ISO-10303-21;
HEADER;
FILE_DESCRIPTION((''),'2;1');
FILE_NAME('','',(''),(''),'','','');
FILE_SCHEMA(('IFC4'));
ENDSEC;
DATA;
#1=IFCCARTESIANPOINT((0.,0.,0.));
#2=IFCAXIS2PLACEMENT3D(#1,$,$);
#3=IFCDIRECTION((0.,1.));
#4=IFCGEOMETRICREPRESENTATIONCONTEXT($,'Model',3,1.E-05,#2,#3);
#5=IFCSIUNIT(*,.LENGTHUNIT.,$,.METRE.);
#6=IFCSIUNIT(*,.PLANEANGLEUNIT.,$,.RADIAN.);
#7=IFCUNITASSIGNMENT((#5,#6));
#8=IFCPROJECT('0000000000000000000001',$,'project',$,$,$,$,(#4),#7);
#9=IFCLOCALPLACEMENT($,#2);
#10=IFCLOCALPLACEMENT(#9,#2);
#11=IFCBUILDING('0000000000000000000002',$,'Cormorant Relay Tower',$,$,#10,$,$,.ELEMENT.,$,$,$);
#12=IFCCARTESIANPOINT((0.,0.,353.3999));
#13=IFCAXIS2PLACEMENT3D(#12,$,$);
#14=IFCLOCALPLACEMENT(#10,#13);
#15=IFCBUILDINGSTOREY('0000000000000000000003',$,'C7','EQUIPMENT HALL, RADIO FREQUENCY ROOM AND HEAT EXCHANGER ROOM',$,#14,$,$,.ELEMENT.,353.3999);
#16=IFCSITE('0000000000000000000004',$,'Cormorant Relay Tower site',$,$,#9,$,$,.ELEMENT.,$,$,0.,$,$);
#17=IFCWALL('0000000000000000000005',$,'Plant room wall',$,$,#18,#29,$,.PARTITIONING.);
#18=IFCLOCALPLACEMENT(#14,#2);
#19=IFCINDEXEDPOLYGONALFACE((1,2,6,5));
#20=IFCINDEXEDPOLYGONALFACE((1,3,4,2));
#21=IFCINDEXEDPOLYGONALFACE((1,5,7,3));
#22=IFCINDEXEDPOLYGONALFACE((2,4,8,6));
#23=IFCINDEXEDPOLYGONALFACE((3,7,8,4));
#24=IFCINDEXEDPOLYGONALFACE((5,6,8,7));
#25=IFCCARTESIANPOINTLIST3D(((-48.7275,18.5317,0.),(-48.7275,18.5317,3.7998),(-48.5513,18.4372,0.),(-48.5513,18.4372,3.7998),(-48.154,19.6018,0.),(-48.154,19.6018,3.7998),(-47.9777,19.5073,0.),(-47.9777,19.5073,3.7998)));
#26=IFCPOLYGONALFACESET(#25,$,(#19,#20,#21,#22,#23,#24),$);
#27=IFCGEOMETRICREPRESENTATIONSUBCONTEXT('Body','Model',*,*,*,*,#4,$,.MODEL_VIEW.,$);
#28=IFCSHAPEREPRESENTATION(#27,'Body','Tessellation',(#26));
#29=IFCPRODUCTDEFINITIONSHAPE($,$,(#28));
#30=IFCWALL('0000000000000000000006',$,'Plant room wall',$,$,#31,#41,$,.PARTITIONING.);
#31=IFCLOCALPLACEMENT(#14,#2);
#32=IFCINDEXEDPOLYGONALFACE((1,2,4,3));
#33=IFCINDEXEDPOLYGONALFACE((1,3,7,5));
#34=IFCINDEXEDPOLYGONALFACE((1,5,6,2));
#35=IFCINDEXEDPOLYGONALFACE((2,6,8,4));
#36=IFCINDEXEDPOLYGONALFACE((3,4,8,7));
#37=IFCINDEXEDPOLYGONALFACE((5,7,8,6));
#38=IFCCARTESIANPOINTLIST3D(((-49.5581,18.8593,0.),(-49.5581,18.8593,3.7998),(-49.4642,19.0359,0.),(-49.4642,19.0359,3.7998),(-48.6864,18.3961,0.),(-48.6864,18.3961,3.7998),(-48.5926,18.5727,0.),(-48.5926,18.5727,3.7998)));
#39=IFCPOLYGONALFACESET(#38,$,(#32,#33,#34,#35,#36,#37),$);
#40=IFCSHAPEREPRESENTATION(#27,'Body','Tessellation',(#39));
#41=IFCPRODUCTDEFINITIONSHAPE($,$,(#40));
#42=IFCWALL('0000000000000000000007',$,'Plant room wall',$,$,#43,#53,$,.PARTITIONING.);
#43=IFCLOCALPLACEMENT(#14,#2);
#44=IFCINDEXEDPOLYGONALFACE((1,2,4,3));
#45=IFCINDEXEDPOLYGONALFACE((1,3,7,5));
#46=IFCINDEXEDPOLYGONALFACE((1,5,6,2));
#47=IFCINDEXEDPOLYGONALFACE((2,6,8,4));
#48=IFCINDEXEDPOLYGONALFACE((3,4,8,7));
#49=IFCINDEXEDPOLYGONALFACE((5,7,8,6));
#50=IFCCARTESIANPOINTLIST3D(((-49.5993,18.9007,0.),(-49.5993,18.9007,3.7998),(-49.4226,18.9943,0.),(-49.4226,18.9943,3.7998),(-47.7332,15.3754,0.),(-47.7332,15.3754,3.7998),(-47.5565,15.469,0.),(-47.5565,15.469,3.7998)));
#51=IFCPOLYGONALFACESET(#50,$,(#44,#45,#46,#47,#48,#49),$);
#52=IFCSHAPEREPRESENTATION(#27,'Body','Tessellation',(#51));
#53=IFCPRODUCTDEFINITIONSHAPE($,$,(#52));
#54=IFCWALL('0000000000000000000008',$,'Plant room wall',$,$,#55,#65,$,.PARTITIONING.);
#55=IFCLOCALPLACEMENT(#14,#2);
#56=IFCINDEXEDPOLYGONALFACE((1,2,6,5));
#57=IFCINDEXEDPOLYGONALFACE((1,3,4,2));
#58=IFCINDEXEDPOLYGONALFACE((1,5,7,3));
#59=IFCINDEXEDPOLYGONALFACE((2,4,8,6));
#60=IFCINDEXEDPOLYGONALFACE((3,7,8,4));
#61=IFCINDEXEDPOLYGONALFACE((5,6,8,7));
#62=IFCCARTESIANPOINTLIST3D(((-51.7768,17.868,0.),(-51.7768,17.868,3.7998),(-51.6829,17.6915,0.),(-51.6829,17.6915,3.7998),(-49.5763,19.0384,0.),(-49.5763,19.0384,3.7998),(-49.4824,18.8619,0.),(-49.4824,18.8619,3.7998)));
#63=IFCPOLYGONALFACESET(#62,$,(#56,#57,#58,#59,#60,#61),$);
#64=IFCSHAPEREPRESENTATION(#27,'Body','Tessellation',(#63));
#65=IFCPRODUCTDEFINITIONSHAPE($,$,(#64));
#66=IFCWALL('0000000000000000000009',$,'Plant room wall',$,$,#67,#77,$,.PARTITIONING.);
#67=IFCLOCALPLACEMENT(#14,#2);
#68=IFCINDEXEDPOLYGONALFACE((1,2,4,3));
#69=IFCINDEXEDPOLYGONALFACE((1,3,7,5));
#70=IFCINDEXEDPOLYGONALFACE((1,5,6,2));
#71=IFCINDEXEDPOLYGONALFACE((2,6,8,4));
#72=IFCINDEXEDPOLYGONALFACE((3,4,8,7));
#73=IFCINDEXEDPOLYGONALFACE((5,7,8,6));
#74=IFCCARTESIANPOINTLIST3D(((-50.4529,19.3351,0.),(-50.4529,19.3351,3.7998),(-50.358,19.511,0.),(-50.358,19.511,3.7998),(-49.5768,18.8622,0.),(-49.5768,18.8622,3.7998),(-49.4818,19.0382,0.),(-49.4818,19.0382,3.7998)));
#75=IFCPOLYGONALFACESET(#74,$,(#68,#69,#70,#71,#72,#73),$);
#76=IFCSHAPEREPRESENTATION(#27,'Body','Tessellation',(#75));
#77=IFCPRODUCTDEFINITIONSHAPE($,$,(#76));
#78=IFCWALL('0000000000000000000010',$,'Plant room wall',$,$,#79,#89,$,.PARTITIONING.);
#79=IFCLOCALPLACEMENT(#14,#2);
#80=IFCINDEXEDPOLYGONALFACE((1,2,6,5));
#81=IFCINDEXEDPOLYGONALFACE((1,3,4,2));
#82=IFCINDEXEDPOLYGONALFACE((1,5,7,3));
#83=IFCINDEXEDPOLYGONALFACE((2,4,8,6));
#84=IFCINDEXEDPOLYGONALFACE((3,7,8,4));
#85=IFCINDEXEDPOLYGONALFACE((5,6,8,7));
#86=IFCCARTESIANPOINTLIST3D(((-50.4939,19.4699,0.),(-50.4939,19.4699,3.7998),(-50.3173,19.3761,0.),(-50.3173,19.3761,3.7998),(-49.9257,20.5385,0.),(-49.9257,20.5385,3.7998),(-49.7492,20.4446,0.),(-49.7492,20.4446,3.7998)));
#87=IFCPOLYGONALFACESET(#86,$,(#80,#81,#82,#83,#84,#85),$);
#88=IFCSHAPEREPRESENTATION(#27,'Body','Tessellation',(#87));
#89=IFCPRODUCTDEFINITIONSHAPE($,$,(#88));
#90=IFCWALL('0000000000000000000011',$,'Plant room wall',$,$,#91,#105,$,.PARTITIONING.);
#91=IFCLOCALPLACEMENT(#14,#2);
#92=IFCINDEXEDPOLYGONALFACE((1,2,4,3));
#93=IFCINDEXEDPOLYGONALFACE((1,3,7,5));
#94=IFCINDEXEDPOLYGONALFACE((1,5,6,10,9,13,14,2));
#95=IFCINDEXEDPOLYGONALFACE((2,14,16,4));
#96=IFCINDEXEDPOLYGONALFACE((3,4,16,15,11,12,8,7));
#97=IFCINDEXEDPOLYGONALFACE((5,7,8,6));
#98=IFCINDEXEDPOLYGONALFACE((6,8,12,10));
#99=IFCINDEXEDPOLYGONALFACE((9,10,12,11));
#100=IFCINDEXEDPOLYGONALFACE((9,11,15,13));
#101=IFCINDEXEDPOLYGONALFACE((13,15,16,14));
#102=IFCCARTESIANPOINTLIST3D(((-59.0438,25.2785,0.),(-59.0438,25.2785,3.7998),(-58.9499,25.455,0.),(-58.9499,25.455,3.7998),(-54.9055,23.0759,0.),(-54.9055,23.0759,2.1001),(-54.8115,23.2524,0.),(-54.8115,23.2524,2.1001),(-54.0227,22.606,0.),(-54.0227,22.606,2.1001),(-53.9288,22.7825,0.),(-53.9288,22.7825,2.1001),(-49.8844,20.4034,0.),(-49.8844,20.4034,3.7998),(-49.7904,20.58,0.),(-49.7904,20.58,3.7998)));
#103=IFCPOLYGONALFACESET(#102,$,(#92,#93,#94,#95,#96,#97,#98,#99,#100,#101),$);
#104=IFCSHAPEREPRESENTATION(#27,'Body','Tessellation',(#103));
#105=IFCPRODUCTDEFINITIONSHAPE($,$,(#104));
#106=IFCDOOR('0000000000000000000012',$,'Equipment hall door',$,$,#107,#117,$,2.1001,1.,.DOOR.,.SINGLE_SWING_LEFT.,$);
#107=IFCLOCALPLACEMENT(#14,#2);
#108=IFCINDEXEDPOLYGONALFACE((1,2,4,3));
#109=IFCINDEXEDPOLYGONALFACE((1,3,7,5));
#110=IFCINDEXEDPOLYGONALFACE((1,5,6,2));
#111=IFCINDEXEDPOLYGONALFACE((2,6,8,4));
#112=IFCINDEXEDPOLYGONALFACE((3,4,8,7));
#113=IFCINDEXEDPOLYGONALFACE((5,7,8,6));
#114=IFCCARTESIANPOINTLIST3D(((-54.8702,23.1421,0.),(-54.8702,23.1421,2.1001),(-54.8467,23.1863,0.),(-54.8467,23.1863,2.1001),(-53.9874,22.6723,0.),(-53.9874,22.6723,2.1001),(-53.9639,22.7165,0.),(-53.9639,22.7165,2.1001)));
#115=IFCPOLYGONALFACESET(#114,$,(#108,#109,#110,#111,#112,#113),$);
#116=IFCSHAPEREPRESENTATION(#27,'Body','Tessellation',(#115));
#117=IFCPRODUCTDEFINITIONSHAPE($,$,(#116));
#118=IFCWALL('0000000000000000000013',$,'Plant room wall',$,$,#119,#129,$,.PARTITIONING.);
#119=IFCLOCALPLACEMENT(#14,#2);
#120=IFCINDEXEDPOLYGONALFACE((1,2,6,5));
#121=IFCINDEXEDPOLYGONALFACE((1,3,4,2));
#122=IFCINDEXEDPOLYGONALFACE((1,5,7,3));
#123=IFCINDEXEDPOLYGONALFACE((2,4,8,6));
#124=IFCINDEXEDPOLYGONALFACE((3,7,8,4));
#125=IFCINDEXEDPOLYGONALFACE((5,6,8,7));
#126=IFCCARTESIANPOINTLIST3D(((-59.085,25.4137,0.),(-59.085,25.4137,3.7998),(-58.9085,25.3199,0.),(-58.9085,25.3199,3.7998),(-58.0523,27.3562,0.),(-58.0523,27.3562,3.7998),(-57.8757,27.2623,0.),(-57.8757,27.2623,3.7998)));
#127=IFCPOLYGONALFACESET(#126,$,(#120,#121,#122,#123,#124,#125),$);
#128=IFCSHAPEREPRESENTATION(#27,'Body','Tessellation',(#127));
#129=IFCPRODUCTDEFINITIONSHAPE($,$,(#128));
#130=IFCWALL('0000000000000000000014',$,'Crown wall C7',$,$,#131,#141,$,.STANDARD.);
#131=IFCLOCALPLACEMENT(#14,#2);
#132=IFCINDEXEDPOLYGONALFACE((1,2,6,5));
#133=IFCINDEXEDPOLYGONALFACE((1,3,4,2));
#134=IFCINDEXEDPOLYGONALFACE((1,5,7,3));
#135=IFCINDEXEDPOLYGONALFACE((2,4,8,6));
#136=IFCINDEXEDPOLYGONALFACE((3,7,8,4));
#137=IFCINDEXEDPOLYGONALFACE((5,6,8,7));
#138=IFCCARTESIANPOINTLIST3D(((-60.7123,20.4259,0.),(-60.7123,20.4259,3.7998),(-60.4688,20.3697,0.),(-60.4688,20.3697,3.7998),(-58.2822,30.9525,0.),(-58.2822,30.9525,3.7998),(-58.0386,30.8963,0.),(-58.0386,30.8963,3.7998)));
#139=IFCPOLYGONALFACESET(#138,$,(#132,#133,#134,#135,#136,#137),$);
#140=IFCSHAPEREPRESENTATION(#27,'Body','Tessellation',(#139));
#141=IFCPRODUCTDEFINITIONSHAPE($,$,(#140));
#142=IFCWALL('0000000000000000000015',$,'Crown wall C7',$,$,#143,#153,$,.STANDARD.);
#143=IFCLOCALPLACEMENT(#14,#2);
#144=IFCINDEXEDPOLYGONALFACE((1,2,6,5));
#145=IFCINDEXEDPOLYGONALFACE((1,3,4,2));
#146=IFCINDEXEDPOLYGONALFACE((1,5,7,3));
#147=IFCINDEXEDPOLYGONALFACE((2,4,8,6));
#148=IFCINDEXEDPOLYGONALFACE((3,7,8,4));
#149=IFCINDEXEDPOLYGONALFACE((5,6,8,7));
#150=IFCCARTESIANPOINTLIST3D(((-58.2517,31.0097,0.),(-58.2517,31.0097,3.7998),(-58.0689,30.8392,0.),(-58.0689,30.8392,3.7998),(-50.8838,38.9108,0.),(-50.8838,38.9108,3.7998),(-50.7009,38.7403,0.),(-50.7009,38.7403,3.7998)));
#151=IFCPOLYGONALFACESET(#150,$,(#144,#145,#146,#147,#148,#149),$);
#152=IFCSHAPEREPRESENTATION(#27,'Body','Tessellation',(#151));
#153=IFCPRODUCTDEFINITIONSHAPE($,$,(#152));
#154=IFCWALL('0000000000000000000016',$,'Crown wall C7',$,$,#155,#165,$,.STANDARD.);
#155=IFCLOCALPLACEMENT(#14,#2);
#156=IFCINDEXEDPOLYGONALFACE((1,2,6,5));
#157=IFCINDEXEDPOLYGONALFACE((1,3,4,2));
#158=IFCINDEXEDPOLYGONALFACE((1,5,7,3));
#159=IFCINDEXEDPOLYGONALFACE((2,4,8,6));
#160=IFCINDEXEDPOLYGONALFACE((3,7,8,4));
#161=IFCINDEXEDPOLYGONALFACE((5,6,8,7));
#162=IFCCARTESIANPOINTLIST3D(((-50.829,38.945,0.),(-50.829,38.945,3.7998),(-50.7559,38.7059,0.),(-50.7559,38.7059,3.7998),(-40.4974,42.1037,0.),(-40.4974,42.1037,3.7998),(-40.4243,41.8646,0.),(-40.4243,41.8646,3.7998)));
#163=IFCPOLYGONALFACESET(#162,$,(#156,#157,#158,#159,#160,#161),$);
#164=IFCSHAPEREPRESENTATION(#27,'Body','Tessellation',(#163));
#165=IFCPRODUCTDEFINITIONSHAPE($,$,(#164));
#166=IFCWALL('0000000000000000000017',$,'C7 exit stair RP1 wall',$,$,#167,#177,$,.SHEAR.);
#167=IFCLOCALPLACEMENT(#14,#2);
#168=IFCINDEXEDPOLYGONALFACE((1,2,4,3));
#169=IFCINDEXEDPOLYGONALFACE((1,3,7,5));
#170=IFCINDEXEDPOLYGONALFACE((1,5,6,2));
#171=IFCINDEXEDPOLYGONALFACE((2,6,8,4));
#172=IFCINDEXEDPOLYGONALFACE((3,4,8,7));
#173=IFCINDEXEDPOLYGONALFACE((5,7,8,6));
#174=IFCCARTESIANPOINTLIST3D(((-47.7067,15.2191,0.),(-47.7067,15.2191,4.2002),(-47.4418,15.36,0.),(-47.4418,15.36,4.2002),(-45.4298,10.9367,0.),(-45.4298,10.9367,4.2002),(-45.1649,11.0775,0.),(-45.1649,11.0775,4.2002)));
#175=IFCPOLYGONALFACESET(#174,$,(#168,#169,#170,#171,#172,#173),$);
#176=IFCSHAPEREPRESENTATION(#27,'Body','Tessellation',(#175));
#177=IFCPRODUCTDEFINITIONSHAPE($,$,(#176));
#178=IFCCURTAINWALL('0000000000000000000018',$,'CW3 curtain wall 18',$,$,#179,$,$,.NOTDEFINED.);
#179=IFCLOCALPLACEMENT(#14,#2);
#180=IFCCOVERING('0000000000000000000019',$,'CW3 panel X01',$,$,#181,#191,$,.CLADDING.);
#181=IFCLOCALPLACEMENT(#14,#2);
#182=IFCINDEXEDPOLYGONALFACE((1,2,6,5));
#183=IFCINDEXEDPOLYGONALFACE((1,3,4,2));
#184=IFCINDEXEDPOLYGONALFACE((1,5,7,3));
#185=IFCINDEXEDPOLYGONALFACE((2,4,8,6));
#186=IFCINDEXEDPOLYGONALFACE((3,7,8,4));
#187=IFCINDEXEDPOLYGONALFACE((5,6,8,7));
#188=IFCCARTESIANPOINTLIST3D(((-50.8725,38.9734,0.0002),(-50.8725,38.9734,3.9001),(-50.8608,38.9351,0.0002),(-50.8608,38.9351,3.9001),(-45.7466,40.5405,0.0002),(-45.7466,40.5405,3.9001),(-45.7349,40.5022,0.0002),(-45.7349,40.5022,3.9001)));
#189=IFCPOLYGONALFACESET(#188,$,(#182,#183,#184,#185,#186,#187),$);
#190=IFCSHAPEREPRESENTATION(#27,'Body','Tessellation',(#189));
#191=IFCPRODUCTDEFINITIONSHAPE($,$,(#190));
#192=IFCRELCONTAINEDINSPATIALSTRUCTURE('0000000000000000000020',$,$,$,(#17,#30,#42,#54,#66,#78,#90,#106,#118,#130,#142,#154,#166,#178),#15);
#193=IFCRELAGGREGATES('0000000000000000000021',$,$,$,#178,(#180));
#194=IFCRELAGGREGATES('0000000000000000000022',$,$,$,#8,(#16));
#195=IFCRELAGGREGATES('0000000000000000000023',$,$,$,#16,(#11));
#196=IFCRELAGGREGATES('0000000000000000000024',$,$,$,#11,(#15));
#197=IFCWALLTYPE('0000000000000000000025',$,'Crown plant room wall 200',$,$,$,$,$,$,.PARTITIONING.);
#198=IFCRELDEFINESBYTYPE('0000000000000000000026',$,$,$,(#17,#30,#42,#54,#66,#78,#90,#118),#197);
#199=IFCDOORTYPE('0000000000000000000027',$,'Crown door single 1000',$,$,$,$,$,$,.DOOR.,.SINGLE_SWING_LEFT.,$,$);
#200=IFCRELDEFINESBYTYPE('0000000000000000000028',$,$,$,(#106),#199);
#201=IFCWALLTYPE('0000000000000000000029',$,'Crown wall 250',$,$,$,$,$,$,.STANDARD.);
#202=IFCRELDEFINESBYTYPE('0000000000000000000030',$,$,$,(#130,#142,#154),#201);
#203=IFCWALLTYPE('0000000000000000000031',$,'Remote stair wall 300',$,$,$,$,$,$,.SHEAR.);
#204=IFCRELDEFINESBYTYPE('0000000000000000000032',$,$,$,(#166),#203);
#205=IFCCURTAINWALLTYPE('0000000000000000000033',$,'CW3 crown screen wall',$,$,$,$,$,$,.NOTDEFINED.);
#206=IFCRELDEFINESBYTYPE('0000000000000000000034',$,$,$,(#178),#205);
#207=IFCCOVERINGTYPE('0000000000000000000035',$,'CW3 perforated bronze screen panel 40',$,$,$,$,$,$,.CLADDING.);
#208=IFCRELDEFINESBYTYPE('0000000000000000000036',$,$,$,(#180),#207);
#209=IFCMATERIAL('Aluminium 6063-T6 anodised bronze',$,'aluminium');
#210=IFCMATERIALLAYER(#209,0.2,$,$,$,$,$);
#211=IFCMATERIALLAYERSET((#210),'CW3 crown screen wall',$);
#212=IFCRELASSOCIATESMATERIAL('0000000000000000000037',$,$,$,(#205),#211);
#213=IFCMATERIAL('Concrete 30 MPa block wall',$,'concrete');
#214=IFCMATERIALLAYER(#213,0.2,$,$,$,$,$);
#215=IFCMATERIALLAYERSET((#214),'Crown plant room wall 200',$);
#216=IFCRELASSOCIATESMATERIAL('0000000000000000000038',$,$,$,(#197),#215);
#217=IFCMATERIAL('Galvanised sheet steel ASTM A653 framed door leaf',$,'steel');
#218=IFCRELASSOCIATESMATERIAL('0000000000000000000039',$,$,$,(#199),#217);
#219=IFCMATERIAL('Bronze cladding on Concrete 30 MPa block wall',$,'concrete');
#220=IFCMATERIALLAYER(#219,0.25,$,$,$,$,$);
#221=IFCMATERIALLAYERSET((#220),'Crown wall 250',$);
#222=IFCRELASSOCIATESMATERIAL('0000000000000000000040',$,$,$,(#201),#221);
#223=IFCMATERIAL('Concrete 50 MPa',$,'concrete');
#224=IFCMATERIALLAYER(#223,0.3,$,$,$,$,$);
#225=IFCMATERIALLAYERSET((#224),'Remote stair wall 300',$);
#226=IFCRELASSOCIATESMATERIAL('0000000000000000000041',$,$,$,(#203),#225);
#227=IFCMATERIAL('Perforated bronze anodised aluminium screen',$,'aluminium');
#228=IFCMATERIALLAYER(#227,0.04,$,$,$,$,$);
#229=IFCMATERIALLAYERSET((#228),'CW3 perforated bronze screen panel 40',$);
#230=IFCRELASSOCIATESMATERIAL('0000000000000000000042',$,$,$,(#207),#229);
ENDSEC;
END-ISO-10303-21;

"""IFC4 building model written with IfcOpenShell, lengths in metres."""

from ifc_helpers import new_model, si_unit, direction, frame, frame_2d, origin, origin_2d, place, context, subcontext, project, spatial, rectangle, extrude, material, layer, layer_set, type_object, element, fill, aggregate, save


model = new_model("IFC4")

# Units and contexts
model_context = context("Model", 3, precision=1e-05, world=origin(), true_north=direction((0.0, 1.0)))
body_context = subcontext(model_context, "Body", "Model", "MODEL_VIEW")
ifc_project = project(units=[si_unit("LENGTHUNIT", "METRE"), si_unit("PLANEANGLEUNIT", "RADIAN")], contexts=[model_context])

# Site, building, storey
site_placement = place(None, origin())
site = spatial("IfcSite", under=ifc_project, at=site_placement, Name="Cormorant Relay Tower site", CompositionType="ELEMENT", RefElevation=0.0)
building_placement = place(site_placement, origin())
building = spatial("IfcBuilding", under=site, at=building_placement, Name="Cormorant Relay Tower", CompositionType="ELEMENT")
storey_placement = place(building_placement, frame((0.0, 0.0, 353.3999)))
storey = spatial("IfcBuildingStorey", under=building, at=storey_placement, Name="C7", Description="EQUIPMENT HALL, RADIO FREQUENCY ROOM AND HEAT EXCHANGER ROOM", CompositionType="ELEMENT", Elevation=353.3999)

# Shared definitions
ifc_material_1 = material(Name="Aluminium 6063-T6 anodised bronze", Category="aluminium")
ifc_layer_1 = layer(ifc_material_1, 0.2)
ifc_layer_set_1 = layer_set([ifc_layer_1], Name="CW3 crown screen wall")
curtain_wall_type = type_object("IfcCurtainWallType", Name="CW3 crown screen wall", PredefinedType="NOTDEFINED", material=ifc_layer_set_1)

# Walls
ifc_material_2 = material(Name="Concrete 30 MPa block wall", Category="concrete")
ifc_layer_2 = layer(ifc_material_2, 0.2)
ifc_layer_set_2 = layer_set([ifc_layer_2], Name="Crown plant room wall 200")
wall_type_1 = type_object("IfcWallType", Name="Crown plant room wall 200", PredefinedType="PARTITIONING", material=ifc_layer_set_2)
wall_1_placement = place(storey_placement, frame((-48.0659, 19.5544, 0.0), z_axis=(0.0, 0.0, 1.0), x_axis=(-0.472372, -0.881399, 0.0)))
element("IfcWall", 1, at=wall_1_placement, inside=storey, type_object=wall_type_1, Name="Plant room wall", PredefinedType="PARTITIONING", context=body_context, shape_type="SweptSolid", body=[
    extrude(rectangle(XDim=1.2141, YDim=0.2, at=frame_2d((0.6069, 0.0))), origin(), (0.0, 0.0, 1.0), 3.7998),
])
wall_2_placement = place(storey_placement, frame((-48.6394, 18.4844, 0.0), z_axis=(0.0, 0.0, 1.0), x_axis=(-0.883071, 0.46924, 0.0)))
element("IfcWall", 2, at=wall_2_placement, inside=storey, type_object=wall_type_1, Name="Plant room wall", PredefinedType="PARTITIONING", context=body_context, shape_type="SweptSolid", body=[
    extrude(rectangle(XDim=0.9871, YDim=0.2, at=frame_2d((0.4937, 0.0))), origin(), (0.0, 0.0, 1.0), 3.7998),
])
wall_3_placement = place(storey_placement, frame((-49.511, 18.9475, 0.0), z_axis=(0.0, 0.0, 1.0), x_axis=(0.467854, -0.883806, 0.0)))
element("IfcWall", 3, at=wall_3_placement, inside=storey, type_object=wall_type_1, Name="Plant room wall", PredefinedType="PARTITIONING", context=body_context, shape_type="SweptSolid", body=[
    extrude(rectangle(XDim=3.9888, YDim=0.2, at=frame_2d((1.9944, 0.0))), origin(), (0.0, 0.0, 1.0), 3.7998),
])
wall_4_placement = place(storey_placement, frame((-51.7297, 17.7798, 0.0), z_axis=(0.0, 0.0, 1.0), x_axis=(0.882878, 0.469602, 0.0)))
element("IfcWall", 4, at=wall_4_placement, inside=storey, type_object=wall_type_1, Name="Plant room wall", PredefinedType="PARTITIONING", context=body_context, shape_type="SweptSolid", body=[
    extrude(rectangle(XDim=2.4924, YDim=0.2, at=frame_2d((1.2461, 0.0))), origin(), (0.0, 0.0, 1.0), 3.7998),
])
wall_5_placement = place(storey_placement, frame((-49.5293, 18.9502, 0.0), z_axis=(0.0, 0.0, 1.0), x_axis=(-0.880014, 0.474948, 0.0)))
element("IfcWall", 5, at=wall_5_placement, inside=storey, type_object=wall_type_1, Name="Plant room wall", PredefinedType="PARTITIONING", context=body_context, shape_type="SweptSolid", body=[
    extrude(rectangle(XDim=0.9956, YDim=0.2, at=frame_2d((0.4978, 0.0))), origin(), (0.0, 0.0, 1.0), 3.7998),
])
wall_6_placement = place(storey_placement, frame((-50.4055, 19.4231, 0.0), z_axis=(0.0, 0.0, 1.0), x_axis=(0.469426, 0.882972, 0.0)))
element("IfcWall", 6, at=wall_6_placement, inside=storey, type_object=wall_type_1, Name="Plant room wall", PredefinedType="PARTITIONING", context=body_context, shape_type="SweptSolid", body=[
    extrude(rectangle(XDim=1.2102, YDim=0.2, at=frame_2d((0.605, 0.0))), origin(), (0.0, 0.0, 1.0), 3.7998),
])

# Wall, opening, door
wall_7_placement = place(storey_placement, frame((-49.8374, 20.4917, 0.0), z_axis=(0.0, 0.0, 1.0), x_axis=(-0.882754, 0.469836, 0.0)))
wall_7 = element("IfcWall", 7, at=wall_7_placement, inside=storey, type_object=wall_type_1, Name="Plant room wall", PredefinedType="PARTITIONING", context=body_context, shape_type="SweptSolid", body=[
    extrude(rectangle(XDim=10.376, YDim=0.2, at=frame_2d((5.188, 0.0))), origin(), (0.0, 0.0, 1.0), 3.7998),
])
opening_placement = place(wall_7_placement, frame((4.688, 0.0, 0.0)))
opening = element("IfcOpeningElement", 8, at=opening_placement, cuts=wall_7, PredefinedType="OPENING", context=body_context, shape_type="SweptSolid", body=[
    extrude(rectangle(XDim=1.0, YDim=2.1001, at=frame_2d((0.5, 1.05))), frame((0.0, 0.1099, 0.0), z_axis=(0.0, -1.0, 0.0), x_axis=(1.0, 0.0, 0.0)), (0.0, 0.0, 1.0), 0.22),
])
ifc_material_3 = material(Name="Galvanised sheet steel ASTM A653 framed door leaf", Category="steel")
door_type = type_object("IfcDoorType", Name="Crown door single 1000", OperationType="SINGLE_SWING_LEFT", PredefinedType="DOOR", material=ifc_material_3)
door_placement = place(opening_placement, origin())
door = element("IfcDoor", 9, at=door_placement, inside=storey, type_object=door_type, Name="Equipment hall door", OperationType="SINGLE_SWING_LEFT", OverallHeight=2.1001, OverallWidth=1.0, PredefinedType="DOOR", context=body_context, shape_type="SweptSolid", body=[
    extrude(rectangle(XDim=1.0, YDim=2.1001, at=frame_2d((0.5, 1.05))), frame((0.0, 0.0249, 0.0), z_axis=(0.0, -1.0, 0.0), x_axis=(1.0, 0.0, 0.0)), (0.0, 0.0, 1.0), 0.05),
])
fill(opening, door)

# Walls
wall_8_placement = place(storey_placement, frame((-58.9968, 25.3667, 0.0), z_axis=(0.0, 0.0, 1.0), x_axis=(0.469447, 0.88296, 0.0)))
element("IfcWall", 10, at=wall_8_placement, inside=storey, type_object=wall_type_1, Name="Plant room wall", PredefinedType="PARTITIONING", context=body_context, shape_type="SweptSolid", body=[
    extrude(rectangle(XDim=2.2, YDim=0.2, at=frame_2d((1.1001, 0.0))), origin(), (0.0, 0.0, 1.0), 3.7998),
])
ifc_material_4 = material(Name="Bronze cladding on Concrete 30 MPa block wall", Category="concrete")
ifc_layer_3 = layer(ifc_material_4, 0.25)
ifc_layer_set_3 = layer_set([ifc_layer_3], Name="Crown wall 250")
wall_type_2 = type_object("IfcWallType", Name="Crown wall 250", PredefinedType="STANDARD", material=ifc_layer_set_3)
for number, where, z_axis, x_axis, name in (
    (11, (-60.5906, 20.3977, 0.0), (0.0, 0.0, 1.0), (0.224944, 0.974372, 0.0), "Crown wall C7"),
    (12, (-58.1604, 30.9243, 0.0), (0.0, 0.0, 1.0), (0.681999, 0.731354, 0.0), "Crown wall C7"),
):
    element("IfcWall", number, at=place(storey_placement, frame(where, z_axis=z_axis, x_axis=x_axis)), inside=storey, type_object=wall_type_2, Name=name, PredefinedType="STANDARD", context=body_context, shape_type="SweptSolid", body=[
        extrude(rectangle(XDim=10.8035, YDim=0.25, at=frame_2d((5.4019, 0.0))), origin(), (0.0, 0.0, 1.0), 3.7998),
    ])
wall_9_placement = place(storey_placement, frame((-50.7925, 38.8254, 0.0), z_axis=(0.0, 0.0, 1.0), x_axis=(0.956304, 0.292374, 0.0)))
element("IfcWall", 13, at=wall_9_placement, inside=storey, type_object=wall_type_2, Name="Crown wall C7", PredefinedType="STANDARD", context=body_context, shape_type="SweptSolid", body=[
    extrude(rectangle(XDim=10.8037, YDim=0.25, at=frame_2d((5.4019, 0.0))), origin(), (0.0, 0.0, 1.0), 3.7998),
])
ifc_material_5 = material(Name="Concrete 50 MPa", Category="concrete")
ifc_layer_4 = layer(ifc_material_5, 0.3)
ifc_layer_set_4 = layer_set([ifc_layer_4], Name="Remote stair wall 300")
wall_type_3 = type_object("IfcWallType", Name="Remote stair wall 300", PredefinedType="SHEAR", material=ifc_layer_set_4)
wall_10_placement = place(storey_placement, frame((-47.5742, 15.2896, 0.0), z_axis=(0.0, 0.0, 1.0), x_axis=(0.469443, -0.882963, 0.0)))
element("IfcWall", 14, at=wall_10_placement, inside=storey, type_object=wall_type_3, Name="C7 exit stair RP1 wall", PredefinedType="SHEAR", context=body_context, shape_type="SweptSolid", body=[
    extrude(rectangle(XDim=4.8501, YDim=0.3, at=frame_2d((2.425, 0.0))), origin(), (0.0, 0.0, 1.0), 4.2002),
])

# Curtain wall, covering
curtain_wall_1_placement = place(storey_placement, origin())
curtain_wall_1 = element("IfcCurtainWall", 15, at=curtain_wall_1_placement, inside=storey, type_object=curtain_wall_type, Name="CW3 curtain wall 18", PredefinedType="NOTDEFINED")
ifc_material_6 = material(Name="Perforated bronze anodised aluminium screen", Category="aluminium")
ifc_layer_5 = layer(ifc_material_6, 0.04)
ifc_layer_set_5 = layer_set([ifc_layer_5], Name="CW3 perforated bronze screen panel 40")
covering_type = type_object("IfcCoveringType", Name="CW3 perforated bronze screen panel 40", PredefinedType="CLADDING", material=ifc_layer_set_5)
covering_1_placement = place(storey_placement, frame((-48.3037, 39.7378, 0.0002), z_axis=(0.0, 0.0, 1.0), x_axis=(-0.956305, -0.292372, 0.0)))
covering_1 = element("IfcCovering", 16, at=covering_1_placement, type_object=covering_type, Name="CW3 panel X01", PredefinedType="CLADDING", context=body_context, shape_type="SweptSolid", body=[
    extrude(rectangle(XDim=5.3601, YDim=0.04, at=origin_2d()), origin(), (0.0, 0.0, 1.0), 3.8999),
])
aggregate(curtain_wall_1, [covering_1])

save(model, "model.ifc")
